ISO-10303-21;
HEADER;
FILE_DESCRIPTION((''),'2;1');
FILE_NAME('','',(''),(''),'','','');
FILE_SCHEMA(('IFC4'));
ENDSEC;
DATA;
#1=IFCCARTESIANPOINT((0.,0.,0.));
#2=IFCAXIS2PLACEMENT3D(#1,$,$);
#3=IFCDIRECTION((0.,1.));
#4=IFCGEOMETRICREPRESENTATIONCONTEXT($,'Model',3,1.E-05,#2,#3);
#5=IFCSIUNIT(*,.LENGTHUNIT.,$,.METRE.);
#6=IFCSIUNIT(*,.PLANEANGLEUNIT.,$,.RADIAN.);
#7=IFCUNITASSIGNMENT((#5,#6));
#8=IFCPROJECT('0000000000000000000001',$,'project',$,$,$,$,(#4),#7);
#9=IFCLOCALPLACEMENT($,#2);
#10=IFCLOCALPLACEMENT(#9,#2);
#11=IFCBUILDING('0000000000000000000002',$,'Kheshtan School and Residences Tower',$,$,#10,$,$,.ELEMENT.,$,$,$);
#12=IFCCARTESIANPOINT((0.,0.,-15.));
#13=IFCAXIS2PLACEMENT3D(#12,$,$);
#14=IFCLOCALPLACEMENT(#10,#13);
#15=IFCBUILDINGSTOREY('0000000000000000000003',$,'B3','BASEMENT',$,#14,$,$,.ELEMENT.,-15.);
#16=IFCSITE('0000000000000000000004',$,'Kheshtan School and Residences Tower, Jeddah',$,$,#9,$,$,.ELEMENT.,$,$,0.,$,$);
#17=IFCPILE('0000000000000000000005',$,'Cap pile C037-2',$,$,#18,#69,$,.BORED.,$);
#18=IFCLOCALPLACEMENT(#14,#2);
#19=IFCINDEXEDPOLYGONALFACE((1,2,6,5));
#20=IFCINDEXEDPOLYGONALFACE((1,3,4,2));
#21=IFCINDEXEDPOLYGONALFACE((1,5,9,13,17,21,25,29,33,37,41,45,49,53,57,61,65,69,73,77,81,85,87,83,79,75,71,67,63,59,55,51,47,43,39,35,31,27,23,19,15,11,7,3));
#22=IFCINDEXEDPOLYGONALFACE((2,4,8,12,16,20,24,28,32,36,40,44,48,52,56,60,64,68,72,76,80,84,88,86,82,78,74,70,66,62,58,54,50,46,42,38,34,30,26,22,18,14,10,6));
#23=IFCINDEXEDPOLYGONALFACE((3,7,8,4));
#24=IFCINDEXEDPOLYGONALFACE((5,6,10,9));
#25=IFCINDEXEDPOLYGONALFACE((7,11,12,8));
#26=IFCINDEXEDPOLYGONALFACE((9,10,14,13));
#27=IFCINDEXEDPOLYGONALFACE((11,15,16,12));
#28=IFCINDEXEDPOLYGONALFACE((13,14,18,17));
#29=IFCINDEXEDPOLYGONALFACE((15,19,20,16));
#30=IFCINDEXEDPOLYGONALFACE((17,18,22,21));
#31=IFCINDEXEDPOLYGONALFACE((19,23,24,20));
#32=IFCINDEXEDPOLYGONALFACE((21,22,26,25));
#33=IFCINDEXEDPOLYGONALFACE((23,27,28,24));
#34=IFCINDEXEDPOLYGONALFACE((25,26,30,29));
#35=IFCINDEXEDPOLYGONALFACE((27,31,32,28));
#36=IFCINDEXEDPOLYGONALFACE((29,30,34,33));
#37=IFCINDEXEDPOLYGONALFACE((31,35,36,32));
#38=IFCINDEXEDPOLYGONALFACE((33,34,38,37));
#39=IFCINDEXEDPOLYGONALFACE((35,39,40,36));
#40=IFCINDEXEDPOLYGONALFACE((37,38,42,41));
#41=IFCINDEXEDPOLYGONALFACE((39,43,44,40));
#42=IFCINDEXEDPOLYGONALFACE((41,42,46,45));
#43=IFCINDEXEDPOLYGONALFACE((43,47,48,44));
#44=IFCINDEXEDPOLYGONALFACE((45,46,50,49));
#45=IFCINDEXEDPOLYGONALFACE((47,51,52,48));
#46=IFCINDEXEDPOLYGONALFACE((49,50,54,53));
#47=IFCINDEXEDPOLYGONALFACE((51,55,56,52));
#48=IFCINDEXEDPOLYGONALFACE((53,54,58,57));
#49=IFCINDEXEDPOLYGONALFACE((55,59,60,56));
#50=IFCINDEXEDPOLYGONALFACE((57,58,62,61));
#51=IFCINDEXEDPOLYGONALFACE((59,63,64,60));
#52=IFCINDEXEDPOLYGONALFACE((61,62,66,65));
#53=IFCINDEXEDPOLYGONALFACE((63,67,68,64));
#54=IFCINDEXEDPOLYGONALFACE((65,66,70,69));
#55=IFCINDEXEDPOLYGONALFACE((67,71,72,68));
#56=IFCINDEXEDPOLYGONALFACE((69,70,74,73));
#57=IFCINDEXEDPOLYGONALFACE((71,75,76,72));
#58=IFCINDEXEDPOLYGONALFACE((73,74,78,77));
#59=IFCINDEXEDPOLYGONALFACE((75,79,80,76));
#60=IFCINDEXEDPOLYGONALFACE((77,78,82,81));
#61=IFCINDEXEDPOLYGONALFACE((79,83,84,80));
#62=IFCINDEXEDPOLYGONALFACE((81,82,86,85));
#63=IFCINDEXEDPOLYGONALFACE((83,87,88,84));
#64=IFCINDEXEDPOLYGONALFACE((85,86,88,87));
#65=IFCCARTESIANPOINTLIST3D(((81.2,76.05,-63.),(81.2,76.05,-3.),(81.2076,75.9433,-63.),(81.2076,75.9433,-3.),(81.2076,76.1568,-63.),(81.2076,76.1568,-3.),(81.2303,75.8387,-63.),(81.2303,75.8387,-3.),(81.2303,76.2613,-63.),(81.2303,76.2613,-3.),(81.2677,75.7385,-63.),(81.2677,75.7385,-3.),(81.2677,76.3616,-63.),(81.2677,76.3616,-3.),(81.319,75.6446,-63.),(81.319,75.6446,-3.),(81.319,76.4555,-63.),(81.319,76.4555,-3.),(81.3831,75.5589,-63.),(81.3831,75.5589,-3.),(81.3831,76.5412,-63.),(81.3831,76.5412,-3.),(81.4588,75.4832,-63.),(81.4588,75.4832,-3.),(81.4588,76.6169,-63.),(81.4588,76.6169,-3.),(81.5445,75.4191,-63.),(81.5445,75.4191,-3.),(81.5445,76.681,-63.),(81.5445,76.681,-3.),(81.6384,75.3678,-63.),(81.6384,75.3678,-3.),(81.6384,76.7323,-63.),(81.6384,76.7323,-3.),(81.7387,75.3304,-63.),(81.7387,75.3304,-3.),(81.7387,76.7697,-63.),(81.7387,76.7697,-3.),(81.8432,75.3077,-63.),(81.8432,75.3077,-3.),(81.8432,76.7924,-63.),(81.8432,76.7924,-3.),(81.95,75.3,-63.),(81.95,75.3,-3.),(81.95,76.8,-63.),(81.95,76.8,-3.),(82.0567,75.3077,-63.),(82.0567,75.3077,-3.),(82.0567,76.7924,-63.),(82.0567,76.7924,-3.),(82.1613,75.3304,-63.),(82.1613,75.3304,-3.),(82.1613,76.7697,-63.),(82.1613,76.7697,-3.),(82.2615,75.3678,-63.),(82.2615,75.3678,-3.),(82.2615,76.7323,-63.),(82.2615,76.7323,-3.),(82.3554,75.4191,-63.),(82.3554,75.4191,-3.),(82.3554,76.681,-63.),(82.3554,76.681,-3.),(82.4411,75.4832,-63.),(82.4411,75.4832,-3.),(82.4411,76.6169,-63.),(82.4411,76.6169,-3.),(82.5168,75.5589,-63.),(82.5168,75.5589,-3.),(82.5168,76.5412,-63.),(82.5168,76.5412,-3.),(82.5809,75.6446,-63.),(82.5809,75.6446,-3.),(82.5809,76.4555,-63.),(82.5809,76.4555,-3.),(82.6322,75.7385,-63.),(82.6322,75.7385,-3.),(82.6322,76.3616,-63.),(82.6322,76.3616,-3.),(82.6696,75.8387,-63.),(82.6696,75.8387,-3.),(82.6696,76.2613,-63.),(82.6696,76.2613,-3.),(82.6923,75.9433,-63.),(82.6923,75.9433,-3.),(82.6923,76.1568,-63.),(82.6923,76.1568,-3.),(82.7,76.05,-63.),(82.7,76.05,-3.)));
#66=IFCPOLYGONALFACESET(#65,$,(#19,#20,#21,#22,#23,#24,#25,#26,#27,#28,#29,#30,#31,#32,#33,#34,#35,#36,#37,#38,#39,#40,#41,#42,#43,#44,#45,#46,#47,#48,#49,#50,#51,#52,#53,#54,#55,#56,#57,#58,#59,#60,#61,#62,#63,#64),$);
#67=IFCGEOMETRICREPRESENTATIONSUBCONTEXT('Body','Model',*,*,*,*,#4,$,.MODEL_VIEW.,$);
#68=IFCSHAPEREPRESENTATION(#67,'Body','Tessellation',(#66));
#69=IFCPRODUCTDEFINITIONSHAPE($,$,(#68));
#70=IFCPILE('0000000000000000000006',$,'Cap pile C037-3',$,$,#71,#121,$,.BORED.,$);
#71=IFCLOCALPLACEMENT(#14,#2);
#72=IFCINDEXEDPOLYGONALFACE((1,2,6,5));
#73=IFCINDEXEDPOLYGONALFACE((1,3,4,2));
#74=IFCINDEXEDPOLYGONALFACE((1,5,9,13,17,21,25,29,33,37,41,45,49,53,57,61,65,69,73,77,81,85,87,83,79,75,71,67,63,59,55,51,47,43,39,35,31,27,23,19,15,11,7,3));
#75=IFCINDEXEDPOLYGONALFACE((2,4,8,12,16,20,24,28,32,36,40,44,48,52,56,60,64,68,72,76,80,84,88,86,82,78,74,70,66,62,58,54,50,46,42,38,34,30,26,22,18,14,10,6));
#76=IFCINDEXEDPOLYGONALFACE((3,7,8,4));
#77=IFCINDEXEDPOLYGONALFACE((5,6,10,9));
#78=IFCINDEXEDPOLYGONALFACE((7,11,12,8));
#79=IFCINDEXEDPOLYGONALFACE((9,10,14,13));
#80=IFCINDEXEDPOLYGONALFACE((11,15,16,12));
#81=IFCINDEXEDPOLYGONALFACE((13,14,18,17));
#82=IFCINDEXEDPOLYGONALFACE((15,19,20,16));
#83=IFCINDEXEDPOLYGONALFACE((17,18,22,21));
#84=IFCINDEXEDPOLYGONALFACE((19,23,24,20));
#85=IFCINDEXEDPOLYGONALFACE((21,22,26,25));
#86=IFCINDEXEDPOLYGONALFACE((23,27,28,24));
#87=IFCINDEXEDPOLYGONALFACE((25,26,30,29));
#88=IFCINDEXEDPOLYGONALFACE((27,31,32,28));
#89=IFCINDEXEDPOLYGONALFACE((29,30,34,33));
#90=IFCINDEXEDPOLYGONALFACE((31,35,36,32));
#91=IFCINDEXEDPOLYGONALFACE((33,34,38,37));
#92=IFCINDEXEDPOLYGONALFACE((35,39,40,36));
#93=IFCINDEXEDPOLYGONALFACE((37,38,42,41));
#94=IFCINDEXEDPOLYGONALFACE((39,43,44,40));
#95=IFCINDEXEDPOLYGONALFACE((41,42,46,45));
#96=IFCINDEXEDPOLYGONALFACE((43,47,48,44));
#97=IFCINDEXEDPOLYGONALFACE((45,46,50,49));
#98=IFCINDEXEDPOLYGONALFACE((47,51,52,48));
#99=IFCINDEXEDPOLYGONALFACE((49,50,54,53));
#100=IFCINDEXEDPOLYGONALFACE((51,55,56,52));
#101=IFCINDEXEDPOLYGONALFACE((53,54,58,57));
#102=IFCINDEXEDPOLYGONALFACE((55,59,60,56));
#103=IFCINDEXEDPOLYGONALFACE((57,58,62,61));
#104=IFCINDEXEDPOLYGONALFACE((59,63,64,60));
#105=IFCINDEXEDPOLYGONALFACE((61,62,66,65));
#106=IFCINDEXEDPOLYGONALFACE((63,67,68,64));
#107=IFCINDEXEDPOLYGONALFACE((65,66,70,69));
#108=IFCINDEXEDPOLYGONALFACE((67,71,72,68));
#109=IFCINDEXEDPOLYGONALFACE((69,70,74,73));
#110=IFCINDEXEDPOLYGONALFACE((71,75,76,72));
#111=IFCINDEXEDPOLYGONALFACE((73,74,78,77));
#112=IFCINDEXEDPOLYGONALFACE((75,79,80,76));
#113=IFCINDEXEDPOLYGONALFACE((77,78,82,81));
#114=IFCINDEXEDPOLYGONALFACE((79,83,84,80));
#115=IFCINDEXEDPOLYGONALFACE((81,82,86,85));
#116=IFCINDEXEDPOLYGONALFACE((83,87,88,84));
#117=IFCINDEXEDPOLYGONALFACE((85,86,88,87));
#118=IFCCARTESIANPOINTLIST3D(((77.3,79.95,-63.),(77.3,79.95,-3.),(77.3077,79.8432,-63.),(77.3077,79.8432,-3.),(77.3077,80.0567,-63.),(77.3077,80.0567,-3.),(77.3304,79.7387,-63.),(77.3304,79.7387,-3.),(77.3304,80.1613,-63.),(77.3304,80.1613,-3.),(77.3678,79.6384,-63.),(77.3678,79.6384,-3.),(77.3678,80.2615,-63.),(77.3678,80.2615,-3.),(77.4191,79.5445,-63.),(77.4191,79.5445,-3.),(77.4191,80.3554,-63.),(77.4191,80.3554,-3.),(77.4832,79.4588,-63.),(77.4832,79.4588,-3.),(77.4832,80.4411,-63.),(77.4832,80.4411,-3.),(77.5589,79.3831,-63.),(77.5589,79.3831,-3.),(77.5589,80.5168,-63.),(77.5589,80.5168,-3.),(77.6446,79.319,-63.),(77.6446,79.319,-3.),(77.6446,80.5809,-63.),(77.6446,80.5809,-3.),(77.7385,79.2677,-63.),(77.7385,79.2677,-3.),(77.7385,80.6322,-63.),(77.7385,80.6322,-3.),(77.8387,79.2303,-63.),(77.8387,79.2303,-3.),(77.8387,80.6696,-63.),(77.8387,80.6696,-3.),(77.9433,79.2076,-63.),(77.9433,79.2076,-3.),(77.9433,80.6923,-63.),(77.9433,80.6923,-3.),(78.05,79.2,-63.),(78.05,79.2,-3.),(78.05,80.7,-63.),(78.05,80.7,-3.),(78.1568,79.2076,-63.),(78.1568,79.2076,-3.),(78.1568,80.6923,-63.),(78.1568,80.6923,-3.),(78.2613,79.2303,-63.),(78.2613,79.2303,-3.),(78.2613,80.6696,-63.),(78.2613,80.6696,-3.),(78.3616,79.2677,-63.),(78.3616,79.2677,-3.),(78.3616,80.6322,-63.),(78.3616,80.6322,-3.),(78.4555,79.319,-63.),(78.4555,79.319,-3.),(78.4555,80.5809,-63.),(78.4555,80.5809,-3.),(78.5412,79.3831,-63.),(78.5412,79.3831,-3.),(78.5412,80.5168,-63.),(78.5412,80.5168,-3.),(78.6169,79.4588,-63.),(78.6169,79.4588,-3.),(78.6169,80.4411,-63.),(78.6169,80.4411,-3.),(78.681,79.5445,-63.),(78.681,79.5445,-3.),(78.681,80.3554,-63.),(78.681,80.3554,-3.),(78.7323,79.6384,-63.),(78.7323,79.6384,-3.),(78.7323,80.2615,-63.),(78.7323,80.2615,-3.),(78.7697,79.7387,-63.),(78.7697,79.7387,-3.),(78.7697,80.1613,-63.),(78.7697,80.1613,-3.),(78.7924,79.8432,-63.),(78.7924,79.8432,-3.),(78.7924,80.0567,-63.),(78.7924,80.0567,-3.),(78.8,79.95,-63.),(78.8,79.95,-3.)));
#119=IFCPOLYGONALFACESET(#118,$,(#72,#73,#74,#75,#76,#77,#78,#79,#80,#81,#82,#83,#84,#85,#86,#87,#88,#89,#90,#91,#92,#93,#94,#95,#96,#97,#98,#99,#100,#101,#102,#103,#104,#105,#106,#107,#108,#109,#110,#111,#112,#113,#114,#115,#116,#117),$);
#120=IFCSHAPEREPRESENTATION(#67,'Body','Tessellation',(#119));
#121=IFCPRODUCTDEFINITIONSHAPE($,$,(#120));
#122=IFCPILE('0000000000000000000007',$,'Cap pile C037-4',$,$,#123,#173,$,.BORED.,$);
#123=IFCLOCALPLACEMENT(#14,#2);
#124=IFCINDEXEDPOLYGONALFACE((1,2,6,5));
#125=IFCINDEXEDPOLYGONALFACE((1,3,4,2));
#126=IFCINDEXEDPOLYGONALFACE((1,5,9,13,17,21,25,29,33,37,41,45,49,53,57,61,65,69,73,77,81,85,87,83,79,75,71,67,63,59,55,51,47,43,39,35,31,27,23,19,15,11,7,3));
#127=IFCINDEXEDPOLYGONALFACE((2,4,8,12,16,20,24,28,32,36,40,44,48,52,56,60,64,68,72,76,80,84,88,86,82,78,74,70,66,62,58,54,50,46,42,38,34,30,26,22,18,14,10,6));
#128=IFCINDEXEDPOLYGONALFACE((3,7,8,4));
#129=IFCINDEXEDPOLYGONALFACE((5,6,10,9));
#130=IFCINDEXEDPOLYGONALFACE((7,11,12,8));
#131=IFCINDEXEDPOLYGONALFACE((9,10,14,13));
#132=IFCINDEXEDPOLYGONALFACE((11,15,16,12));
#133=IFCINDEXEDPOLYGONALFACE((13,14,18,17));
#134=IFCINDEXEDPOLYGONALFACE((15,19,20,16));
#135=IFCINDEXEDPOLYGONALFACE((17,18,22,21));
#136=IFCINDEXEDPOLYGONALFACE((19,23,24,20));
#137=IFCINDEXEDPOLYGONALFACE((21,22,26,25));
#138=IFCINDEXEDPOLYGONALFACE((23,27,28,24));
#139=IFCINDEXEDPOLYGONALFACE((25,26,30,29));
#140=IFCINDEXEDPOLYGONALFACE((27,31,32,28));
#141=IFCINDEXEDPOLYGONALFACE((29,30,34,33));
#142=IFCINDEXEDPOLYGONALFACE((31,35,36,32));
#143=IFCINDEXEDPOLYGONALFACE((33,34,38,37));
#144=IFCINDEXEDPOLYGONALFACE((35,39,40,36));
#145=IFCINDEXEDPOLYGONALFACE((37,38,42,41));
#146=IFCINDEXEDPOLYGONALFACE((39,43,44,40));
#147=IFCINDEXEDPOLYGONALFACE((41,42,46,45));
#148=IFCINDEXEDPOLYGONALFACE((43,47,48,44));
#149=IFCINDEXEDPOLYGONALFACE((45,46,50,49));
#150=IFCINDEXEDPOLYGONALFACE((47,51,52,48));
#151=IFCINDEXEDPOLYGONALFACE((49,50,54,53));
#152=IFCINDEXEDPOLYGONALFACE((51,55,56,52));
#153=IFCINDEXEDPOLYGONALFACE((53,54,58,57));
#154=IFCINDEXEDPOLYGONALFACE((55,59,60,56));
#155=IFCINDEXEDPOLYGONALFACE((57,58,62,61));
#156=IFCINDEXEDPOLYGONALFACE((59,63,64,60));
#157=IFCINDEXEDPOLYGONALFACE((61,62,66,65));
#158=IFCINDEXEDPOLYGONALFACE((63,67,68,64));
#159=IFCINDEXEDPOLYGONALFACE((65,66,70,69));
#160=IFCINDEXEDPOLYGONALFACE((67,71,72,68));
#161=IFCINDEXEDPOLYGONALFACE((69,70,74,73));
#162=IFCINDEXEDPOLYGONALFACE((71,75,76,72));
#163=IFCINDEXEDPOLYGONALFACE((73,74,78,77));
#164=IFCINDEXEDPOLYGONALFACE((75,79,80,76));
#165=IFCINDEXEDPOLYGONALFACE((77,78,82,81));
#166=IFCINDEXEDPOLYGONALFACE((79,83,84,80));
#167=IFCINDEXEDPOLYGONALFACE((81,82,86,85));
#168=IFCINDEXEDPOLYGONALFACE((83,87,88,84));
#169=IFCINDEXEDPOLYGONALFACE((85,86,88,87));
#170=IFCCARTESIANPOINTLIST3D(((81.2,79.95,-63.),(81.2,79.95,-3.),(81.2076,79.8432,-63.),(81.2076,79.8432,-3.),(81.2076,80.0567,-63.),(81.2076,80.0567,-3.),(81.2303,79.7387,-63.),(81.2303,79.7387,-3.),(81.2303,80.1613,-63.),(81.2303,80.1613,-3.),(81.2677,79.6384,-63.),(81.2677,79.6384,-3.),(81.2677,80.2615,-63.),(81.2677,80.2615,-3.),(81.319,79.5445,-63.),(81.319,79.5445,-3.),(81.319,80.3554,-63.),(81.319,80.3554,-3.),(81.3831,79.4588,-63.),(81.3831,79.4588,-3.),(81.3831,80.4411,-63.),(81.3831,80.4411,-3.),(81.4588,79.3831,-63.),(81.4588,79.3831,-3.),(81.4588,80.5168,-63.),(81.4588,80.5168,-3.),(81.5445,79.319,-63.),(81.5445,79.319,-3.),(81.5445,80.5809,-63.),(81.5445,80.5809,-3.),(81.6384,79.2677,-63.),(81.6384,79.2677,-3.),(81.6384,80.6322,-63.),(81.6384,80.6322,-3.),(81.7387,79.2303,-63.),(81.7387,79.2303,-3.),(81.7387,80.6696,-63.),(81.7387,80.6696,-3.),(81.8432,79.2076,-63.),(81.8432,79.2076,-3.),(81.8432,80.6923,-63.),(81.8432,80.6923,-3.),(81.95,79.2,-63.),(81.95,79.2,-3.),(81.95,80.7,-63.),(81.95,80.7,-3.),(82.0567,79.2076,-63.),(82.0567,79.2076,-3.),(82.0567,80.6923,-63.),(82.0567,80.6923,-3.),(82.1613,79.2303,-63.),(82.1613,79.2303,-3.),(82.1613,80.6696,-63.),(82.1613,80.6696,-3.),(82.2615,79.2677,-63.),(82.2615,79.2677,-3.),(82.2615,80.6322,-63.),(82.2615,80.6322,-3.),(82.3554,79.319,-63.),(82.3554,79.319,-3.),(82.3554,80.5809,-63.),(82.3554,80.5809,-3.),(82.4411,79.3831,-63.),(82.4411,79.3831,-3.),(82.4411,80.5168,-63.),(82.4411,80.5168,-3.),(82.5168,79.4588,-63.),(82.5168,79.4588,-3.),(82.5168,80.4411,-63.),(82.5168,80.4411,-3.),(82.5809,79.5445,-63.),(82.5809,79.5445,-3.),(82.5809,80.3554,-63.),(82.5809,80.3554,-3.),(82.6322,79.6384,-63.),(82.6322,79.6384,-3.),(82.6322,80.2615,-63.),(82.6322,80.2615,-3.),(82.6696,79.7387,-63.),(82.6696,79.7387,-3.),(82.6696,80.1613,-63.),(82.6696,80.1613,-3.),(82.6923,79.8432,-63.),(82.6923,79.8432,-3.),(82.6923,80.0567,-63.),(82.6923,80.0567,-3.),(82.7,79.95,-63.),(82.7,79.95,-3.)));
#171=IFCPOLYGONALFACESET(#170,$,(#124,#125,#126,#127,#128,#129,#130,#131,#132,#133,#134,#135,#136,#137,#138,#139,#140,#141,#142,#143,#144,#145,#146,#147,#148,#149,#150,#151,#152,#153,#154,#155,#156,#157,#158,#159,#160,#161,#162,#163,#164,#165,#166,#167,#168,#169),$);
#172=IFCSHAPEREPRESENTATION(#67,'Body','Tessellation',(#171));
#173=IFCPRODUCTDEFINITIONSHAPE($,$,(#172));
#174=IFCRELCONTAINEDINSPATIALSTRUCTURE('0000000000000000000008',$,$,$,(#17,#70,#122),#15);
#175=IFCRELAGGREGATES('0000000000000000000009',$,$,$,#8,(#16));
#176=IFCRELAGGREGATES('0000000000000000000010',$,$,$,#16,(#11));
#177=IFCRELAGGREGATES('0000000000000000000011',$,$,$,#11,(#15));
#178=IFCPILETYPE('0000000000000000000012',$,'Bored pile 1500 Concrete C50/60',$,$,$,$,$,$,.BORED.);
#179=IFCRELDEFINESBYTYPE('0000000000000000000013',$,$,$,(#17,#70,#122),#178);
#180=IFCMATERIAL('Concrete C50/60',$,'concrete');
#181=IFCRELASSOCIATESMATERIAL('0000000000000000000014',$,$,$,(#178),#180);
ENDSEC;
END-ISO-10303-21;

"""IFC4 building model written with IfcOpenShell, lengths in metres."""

from ifc_helpers import new_model, si_unit, direction, frame, origin, origin_2d, place, context, subcontext, project, spatial, circle, extrude, material, material_profile, profile_set, type_object, element, save


model = new_model("IFC4")

# Units and contexts
model_context = context("Model", 3, precision=1e-05, world=origin(), true_north=direction((0.0, 1.0)))
body_context = subcontext(model_context, "Body", "Model", "MODEL_VIEW")
ifc_project = project(units=[si_unit("LENGTHUNIT", "METRE"), si_unit("PLANEANGLEUNIT", "RADIAN")], contexts=[model_context])

# Site, building, storey
site_placement = place(None, origin())
site = spatial("IfcSite", under=ifc_project, at=site_placement, Name="Kheshtan School and Residences Tower, Jeddah", CompositionType="ELEMENT", RefElevation=0.0)
building_placement = place(site_placement, origin())
building = spatial("IfcBuilding", under=site, at=building_placement, Name="Kheshtan School and Residences Tower", CompositionType="ELEMENT")
storey_placement = place(building_placement, frame((0.0, 0.0, -15.0)))
storey = spatial("IfcBuildingStorey", under=building, at=storey_placement, Name="B3", Description="BASEMENT", CompositionType="ELEMENT", Elevation=-15.0)

# Piles
ifc_material_1 = material(Name="Concrete C50/60", Category="concrete")
ifc_material_profile_1 = material_profile(ifc_material_1, circle(Radius=0.75, at=origin_2d()), Name="BP 1500")
ifc_profile_set_1 = profile_set([ifc_material_profile_1], Name="Concrete C50/60")
pile_type = type_object("IfcPileType", Name="Bored pile 1500 Concrete C50/60", PredefinedType="BORED", material=ifc_profile_set_1)
for number, where, z_axis, x_axis, name in (
    (1, (81.95, 76.05, -3.0), (0.0, 0.0, -1.0), (1.0, 0.0, 0.0), "Cap pile C037-2"),
    (2, (78.05, 79.95, -3.0), (0.0, 0.0, -1.0), (1.0, 0.0, 0.0), "Cap pile C037-3"),
    (3, (81.95, 79.95, -3.0), (0.0, 0.0, -1.0), (1.0, 0.0, 0.0), "Cap pile C037-4"),
):
    element("IfcPile", number, at=place(storey_placement, frame(where, z_axis=z_axis, x_axis=x_axis)), inside=storey, type_object=pile_type, Name=name, PredefinedType="BORED", context=body_context, shape_type="SweptSolid", body=[
        extrude(circle(Radius=0.75, at=origin_2d()), origin(), (0.0, 0.0, 1.0), 60.0),
    ])

save(model, "model.ifc")
